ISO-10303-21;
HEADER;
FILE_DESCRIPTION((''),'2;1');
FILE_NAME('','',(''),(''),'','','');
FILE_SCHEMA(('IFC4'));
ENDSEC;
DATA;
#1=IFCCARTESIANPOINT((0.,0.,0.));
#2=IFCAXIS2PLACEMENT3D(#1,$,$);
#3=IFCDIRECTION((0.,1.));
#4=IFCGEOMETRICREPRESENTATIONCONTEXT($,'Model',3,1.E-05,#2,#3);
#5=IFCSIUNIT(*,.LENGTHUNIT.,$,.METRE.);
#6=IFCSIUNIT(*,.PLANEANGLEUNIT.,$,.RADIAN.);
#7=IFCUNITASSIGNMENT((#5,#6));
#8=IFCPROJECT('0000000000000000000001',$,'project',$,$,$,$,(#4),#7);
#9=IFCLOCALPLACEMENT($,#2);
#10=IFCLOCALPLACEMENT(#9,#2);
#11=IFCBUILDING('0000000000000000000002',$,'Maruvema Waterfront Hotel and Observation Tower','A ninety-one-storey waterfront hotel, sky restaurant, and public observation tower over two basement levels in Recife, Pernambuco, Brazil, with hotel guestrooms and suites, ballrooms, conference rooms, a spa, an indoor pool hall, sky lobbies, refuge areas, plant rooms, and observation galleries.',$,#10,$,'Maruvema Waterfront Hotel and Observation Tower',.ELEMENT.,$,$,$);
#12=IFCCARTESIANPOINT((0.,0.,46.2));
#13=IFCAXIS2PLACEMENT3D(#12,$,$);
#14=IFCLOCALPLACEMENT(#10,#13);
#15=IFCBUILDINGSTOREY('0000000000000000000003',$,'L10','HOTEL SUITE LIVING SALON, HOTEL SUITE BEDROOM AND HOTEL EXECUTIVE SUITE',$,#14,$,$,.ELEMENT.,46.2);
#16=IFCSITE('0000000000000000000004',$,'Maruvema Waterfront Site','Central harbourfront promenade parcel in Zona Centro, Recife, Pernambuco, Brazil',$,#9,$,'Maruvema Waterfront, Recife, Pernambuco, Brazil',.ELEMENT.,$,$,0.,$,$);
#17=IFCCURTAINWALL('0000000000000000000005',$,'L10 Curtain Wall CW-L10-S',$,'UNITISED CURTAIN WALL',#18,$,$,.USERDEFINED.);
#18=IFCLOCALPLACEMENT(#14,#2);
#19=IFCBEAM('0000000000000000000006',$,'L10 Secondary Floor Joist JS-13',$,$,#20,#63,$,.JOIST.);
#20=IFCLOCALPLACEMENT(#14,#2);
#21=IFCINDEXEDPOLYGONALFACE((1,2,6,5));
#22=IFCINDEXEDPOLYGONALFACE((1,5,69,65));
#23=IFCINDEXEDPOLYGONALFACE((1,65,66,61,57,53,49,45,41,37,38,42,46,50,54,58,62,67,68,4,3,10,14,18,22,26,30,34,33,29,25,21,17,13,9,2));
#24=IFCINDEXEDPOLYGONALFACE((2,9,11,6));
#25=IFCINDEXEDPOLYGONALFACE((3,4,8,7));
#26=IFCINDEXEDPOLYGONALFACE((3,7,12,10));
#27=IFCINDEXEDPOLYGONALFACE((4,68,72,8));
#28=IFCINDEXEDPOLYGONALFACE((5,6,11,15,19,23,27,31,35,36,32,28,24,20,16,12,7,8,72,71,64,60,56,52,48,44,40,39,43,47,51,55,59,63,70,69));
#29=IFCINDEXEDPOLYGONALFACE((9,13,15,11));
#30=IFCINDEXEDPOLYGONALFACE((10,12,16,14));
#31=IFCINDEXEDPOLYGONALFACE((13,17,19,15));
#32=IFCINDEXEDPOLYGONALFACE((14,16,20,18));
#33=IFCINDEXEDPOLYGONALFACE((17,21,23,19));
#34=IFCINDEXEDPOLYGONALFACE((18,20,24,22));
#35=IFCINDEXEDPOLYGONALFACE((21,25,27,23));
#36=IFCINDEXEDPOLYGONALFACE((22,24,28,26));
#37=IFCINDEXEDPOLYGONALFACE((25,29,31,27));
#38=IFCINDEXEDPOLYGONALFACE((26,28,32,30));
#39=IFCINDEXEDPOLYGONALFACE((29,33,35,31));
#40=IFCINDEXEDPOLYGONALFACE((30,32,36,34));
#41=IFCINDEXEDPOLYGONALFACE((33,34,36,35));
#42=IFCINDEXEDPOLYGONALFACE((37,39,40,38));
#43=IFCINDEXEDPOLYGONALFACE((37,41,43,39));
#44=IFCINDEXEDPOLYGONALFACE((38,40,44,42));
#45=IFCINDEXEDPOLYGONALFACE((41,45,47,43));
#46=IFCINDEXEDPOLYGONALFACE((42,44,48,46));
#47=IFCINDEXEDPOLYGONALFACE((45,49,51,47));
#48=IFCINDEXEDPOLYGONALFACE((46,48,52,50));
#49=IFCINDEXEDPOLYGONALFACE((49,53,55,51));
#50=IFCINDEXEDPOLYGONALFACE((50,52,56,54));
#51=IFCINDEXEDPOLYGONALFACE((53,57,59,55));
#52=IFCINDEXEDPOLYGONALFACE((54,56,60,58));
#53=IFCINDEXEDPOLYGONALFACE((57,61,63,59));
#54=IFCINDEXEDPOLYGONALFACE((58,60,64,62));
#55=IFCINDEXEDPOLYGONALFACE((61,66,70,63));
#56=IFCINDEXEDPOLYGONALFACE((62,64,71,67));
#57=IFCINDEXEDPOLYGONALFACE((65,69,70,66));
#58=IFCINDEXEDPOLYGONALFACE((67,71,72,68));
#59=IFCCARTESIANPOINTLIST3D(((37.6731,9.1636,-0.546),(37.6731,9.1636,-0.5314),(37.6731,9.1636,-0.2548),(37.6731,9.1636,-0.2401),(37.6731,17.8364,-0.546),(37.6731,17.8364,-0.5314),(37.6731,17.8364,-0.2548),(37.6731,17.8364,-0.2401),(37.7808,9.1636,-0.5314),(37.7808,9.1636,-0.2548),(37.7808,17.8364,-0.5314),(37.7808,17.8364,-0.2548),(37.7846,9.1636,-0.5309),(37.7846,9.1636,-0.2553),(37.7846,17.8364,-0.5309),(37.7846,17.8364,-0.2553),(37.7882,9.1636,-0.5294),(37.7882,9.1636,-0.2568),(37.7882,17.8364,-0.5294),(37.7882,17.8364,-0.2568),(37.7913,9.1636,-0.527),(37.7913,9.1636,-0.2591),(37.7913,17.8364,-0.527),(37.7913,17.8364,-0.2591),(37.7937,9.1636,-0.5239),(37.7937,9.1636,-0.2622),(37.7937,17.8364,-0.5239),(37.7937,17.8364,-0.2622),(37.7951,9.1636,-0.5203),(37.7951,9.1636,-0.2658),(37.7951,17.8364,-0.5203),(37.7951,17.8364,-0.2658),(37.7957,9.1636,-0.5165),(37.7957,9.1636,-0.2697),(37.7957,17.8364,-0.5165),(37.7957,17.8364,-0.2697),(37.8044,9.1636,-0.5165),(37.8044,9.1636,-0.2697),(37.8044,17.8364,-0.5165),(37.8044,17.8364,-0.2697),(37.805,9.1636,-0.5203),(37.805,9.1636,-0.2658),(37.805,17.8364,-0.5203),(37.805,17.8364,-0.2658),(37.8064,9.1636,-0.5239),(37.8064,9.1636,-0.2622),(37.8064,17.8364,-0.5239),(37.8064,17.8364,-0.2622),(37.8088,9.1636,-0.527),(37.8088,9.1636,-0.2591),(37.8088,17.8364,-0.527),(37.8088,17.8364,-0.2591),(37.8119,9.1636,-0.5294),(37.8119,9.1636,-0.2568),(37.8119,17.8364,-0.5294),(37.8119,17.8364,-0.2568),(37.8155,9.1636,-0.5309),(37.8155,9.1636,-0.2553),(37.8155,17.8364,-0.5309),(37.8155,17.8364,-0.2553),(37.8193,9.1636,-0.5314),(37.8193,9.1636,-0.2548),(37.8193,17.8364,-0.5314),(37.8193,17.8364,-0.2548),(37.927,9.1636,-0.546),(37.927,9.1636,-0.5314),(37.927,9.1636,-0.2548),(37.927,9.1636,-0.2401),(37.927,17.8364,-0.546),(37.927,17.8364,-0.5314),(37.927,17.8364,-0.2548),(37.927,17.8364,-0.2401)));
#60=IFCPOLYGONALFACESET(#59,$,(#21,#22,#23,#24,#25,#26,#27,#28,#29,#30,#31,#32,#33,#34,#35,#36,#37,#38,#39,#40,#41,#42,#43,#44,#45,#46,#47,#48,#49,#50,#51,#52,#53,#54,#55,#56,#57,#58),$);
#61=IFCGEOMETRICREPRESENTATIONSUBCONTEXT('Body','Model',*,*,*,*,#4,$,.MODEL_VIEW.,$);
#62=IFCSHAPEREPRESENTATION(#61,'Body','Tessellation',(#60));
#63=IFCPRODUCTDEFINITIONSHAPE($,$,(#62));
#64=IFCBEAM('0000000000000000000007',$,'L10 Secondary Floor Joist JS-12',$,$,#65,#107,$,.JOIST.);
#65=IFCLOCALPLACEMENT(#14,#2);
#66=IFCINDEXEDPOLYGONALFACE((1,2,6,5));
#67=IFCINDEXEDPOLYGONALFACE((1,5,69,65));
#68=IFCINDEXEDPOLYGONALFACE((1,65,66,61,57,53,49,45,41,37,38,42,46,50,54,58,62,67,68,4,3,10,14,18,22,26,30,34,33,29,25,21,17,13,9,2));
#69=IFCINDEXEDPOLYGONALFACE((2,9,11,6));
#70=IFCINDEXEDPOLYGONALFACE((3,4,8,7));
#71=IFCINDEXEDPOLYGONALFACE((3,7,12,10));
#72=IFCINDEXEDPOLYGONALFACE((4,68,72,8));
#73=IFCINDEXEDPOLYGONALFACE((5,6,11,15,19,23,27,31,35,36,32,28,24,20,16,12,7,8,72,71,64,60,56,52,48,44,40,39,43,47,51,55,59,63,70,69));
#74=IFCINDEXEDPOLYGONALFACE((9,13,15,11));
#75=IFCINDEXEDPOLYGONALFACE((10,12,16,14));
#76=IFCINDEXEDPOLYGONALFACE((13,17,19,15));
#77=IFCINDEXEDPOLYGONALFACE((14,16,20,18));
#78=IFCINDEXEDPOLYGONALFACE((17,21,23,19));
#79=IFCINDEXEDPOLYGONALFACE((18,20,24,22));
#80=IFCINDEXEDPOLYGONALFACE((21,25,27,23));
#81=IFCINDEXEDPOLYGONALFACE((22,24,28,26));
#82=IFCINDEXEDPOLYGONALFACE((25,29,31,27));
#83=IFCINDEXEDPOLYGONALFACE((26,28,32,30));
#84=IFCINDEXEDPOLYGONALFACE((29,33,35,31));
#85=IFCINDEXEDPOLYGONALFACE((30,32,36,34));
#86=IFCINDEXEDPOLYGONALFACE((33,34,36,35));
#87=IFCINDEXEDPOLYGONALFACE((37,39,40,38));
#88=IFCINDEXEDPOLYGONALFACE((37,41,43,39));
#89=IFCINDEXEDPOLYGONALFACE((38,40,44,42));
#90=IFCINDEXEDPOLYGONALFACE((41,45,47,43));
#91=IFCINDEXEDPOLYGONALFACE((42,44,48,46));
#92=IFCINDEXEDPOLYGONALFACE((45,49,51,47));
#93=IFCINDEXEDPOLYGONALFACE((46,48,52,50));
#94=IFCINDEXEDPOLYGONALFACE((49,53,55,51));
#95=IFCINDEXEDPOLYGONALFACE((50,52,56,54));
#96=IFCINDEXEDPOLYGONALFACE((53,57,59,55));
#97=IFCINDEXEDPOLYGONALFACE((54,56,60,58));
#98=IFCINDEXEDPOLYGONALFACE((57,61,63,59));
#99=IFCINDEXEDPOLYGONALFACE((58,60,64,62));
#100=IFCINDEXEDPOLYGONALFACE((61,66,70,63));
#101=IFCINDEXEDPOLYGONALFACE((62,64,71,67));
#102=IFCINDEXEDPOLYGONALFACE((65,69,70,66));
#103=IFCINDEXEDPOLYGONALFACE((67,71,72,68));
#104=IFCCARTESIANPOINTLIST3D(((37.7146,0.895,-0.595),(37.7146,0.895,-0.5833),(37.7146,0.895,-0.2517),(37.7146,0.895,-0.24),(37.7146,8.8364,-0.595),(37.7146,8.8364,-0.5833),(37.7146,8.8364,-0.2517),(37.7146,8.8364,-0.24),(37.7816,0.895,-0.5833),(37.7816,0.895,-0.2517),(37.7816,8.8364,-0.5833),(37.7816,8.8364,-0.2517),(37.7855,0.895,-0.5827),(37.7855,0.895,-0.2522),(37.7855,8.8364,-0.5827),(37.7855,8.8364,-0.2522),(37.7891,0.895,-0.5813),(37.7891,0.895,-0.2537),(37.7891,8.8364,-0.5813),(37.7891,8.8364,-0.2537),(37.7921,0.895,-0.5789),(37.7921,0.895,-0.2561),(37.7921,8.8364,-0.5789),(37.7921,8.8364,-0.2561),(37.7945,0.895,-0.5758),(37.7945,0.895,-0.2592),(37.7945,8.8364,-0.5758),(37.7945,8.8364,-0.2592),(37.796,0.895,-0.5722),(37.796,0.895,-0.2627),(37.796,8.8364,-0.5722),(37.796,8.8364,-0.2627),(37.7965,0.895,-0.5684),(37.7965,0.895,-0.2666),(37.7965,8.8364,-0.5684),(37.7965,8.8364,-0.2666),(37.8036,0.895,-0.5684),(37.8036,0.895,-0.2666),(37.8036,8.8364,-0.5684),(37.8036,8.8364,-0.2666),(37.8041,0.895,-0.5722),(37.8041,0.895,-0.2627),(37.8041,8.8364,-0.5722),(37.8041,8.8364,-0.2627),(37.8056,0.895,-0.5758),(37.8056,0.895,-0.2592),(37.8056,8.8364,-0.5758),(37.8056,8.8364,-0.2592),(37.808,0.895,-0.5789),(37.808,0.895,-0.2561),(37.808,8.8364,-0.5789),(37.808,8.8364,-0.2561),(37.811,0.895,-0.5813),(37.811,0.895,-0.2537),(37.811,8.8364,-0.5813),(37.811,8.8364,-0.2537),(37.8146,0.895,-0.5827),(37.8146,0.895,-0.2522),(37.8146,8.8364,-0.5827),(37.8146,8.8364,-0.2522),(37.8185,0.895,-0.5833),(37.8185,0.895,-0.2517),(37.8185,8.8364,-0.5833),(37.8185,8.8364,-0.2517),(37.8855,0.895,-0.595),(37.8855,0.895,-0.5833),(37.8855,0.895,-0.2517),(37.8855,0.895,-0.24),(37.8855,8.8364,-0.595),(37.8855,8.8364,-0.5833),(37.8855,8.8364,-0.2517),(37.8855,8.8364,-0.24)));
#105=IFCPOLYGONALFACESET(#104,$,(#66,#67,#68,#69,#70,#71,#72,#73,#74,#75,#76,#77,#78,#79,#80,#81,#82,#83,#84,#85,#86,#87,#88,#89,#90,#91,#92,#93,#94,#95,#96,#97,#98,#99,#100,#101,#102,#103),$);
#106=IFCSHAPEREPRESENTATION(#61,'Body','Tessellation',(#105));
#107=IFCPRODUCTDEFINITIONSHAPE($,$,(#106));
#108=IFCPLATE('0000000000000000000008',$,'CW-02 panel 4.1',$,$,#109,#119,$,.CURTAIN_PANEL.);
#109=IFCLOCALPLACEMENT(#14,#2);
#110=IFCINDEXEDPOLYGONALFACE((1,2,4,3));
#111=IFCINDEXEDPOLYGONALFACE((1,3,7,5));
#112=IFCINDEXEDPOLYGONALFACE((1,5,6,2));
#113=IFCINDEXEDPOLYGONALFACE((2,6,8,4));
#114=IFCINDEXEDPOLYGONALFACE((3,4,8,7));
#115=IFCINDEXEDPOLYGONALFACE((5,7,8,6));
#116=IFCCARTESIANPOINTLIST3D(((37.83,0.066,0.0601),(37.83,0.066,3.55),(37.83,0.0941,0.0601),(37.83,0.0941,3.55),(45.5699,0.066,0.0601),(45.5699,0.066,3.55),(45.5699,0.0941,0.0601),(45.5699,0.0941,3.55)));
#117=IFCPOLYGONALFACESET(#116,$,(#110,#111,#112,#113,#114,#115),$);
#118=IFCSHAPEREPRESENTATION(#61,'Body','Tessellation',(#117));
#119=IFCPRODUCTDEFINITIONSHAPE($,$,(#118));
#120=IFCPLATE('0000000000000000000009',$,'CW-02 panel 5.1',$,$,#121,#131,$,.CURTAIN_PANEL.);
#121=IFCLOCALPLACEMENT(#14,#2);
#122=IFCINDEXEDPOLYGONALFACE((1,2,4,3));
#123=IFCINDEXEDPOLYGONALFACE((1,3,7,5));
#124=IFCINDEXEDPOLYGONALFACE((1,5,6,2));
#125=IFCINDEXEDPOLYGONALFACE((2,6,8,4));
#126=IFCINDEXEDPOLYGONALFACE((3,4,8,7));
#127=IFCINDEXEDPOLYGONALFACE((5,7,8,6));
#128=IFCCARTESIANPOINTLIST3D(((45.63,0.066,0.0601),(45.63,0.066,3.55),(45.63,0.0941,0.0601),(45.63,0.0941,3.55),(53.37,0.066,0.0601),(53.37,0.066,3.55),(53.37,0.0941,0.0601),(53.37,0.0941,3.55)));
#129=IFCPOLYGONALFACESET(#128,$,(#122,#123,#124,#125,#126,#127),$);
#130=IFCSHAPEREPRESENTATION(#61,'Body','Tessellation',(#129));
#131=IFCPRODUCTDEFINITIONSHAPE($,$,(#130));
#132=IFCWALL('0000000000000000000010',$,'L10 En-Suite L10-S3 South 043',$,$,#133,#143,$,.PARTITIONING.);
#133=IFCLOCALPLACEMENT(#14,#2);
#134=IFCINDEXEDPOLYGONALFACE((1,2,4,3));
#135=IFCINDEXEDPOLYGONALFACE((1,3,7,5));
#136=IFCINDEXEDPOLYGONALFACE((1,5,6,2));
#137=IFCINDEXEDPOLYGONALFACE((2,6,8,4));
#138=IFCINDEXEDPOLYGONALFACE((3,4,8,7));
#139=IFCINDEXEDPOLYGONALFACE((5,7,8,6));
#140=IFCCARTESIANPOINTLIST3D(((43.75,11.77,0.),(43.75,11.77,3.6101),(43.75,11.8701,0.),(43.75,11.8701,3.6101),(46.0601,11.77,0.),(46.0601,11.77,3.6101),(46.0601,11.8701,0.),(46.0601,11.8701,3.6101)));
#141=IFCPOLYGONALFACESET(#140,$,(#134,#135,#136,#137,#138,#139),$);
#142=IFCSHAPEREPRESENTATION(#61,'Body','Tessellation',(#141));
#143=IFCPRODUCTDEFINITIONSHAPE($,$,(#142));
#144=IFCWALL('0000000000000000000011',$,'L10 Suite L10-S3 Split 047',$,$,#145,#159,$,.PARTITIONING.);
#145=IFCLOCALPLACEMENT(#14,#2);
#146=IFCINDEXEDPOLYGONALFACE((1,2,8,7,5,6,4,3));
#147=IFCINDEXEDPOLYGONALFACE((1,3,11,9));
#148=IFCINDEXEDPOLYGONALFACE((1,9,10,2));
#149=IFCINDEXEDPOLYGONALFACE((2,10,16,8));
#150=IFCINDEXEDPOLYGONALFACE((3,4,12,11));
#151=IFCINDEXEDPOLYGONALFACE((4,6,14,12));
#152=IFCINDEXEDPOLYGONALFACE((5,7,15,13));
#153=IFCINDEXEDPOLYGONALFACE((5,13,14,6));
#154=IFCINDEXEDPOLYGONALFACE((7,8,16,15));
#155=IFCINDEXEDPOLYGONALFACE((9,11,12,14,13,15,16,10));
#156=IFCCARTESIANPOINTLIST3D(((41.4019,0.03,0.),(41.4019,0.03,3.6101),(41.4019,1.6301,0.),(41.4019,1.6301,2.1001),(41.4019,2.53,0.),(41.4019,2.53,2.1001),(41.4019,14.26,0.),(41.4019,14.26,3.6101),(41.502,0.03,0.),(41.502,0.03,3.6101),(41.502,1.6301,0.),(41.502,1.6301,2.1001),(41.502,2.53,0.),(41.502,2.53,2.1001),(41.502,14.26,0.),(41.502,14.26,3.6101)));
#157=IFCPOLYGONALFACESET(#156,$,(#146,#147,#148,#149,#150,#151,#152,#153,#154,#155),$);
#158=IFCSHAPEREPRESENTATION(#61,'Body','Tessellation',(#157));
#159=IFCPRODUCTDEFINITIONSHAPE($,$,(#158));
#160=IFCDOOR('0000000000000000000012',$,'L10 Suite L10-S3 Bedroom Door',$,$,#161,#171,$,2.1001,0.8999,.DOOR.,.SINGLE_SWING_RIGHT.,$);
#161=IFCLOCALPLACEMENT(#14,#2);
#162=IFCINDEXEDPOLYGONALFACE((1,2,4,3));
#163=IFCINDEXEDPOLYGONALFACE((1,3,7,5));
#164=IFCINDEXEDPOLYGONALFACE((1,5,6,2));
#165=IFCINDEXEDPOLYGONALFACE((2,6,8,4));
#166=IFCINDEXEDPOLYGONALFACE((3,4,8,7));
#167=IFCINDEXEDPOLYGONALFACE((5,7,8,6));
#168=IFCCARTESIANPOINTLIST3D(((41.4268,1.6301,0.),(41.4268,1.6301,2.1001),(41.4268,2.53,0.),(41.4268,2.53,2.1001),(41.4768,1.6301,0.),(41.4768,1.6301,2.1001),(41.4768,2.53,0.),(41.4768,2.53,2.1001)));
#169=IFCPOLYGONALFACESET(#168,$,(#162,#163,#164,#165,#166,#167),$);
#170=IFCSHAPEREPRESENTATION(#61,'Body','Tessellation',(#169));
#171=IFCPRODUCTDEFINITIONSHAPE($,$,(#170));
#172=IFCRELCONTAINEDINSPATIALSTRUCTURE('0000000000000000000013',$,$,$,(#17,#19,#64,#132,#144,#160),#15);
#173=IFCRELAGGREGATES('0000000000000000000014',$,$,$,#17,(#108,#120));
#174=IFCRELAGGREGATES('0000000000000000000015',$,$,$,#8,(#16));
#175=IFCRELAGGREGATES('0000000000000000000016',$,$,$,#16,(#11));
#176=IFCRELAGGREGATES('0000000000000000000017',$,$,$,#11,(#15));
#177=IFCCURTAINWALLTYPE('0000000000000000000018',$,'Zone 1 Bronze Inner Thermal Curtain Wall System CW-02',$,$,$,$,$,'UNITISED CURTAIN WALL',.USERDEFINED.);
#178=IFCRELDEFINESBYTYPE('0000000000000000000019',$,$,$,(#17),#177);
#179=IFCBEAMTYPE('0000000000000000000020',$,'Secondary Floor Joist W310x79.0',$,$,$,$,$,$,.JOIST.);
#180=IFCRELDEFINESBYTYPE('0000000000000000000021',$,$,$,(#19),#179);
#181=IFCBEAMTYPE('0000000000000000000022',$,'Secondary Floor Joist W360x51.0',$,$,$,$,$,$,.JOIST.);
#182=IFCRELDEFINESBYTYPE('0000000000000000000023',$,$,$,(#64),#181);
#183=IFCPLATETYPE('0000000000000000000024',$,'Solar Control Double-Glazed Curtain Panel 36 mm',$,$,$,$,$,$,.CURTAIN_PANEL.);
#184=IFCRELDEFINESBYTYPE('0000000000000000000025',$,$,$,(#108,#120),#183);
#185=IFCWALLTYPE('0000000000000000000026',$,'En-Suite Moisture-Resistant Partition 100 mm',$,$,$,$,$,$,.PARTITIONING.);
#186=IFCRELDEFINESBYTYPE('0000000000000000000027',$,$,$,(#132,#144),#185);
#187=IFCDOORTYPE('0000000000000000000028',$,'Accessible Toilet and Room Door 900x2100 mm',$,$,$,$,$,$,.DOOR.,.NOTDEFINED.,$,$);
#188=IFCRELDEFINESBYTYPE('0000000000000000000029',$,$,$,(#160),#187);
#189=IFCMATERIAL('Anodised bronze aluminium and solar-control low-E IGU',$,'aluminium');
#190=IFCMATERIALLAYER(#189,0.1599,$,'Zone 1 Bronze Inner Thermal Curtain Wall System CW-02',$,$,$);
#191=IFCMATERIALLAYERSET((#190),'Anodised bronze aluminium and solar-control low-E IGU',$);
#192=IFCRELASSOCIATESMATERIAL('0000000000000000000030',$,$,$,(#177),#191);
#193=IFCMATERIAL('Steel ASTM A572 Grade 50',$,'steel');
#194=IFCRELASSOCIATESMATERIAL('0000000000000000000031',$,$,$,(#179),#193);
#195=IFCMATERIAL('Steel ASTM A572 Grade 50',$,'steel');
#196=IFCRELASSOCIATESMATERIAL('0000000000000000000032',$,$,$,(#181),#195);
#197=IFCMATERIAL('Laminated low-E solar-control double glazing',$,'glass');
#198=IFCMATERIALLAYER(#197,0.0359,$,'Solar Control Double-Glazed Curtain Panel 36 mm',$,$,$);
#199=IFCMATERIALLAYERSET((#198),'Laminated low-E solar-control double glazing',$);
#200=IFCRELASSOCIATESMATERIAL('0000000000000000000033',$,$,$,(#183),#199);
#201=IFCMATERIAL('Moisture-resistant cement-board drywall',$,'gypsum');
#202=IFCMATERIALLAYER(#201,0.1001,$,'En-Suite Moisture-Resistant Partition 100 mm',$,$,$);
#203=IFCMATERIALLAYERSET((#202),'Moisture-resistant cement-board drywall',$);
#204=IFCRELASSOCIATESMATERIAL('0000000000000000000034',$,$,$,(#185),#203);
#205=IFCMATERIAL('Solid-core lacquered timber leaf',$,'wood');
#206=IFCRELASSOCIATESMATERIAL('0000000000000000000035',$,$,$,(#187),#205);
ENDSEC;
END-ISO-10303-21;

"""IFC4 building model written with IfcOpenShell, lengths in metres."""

from ifc_helpers import new_model, si_unit, direction, frame, frame_2d, origin, origin_2d, place, context, subcontext, project, spatial, rectangle, i_section, extrude, material, layer, layer_set, material_profile, profile_set, type_object, element, fill, aggregate, save


model = new_model("IFC4")

# Units and contexts
model_context = context("Model", 3, precision=1e-05, world=origin(), true_north=direction((0.0, 1.0)))
body_context = subcontext(model_context, "Body", "Model", "MODEL_VIEW")
ifc_project = project(units=[si_unit("LENGTHUNIT", "METRE"), si_unit("PLANEANGLEUNIT", "RADIAN")], contexts=[model_context])

# Site, building, storey
site_placement = place(None, origin())
site = spatial("IfcSite", under=ifc_project, at=site_placement, Name="Maruvema Waterfront Site", Description="Central harbourfront promenade parcel in Zona Centro, Recife, Pernambuco, Brazil", LongName="Maruvema Waterfront, Recife, Pernambuco, Brazil", CompositionType="ELEMENT", RefElevation=0.0)
building_placement = place(site_placement, origin())
building = spatial("IfcBuilding", under=site, at=building_placement, Name="Maruvema Waterfront Hotel and Observation Tower", Description="A ninety-one-storey waterfront hotel, sky restaurant, and public observation tower over two basement levels in Recife, Pernambuco, Brazil, with hotel guestrooms and suites, ballrooms, conference rooms, a spa, an indoor pool hall, sky lobbies, refuge areas, plant rooms, and observation galleries.", LongName="Maruvema Waterfront Hotel and Observation Tower", CompositionType="ELEMENT")
storey_placement = place(building_placement, frame((0.0, 0.0, 46.2)))
storey = spatial("IfcBuildingStorey", under=building, at=storey_placement, Name="L10", Description="HOTEL SUITE LIVING SALON, HOTEL SUITE BEDROOM AND HOTEL EXECUTIVE SUITE", CompositionType="ELEMENT", Elevation=46.2)

# Curtain wall
ifc_material_1 = material(Name="Anodised bronze aluminium and solar-control low-E IGU", Category="aluminium")
ifc_layer_1 = layer(ifc_material_1, 0.1599, Name="Zone 1 Bronze Inner Thermal Curtain Wall System CW-02")
ifc_layer_set_1 = layer_set([ifc_layer_1], Name="Anodised bronze aluminium and solar-control low-E IGU")
curtain_wall_type = type_object("IfcCurtainWallType", Name="Zone 1 Bronze Inner Thermal Curtain Wall System CW-02", ElementType="UNITISED CURTAIN WALL", PredefinedType="USERDEFINED", material=ifc_layer_set_1)
curtain_wall_placement = place(storey_placement, origin())
curtain_wall = element("IfcCurtainWall", 1, at=curtain_wall_placement, inside=storey, type_object=curtain_wall_type, Name="L10 Curtain Wall CW-L10-S", ObjectType="UNITISED CURTAIN WALL", PredefinedType="USERDEFINED")

# Beams
ifc_material_2 = material(Name="Steel ASTM A572 Grade 50", Category="steel")
ifc_material_profile_1 = material_profile(ifc_material_2, i_section(OverallWidth=0.2539, OverallDepth=0.3059, WebThickness=0.0088, FlangeThickness=0.0146, FilletRadius=0.0149, at=origin_2d()), Name="W310x79.0")
ifc_profile_set_1 = profile_set([ifc_material_profile_1], Name="Steel ASTM A572 Grade 50")
beam_type_1 = type_object("IfcBeamType", Name="Secondary Floor Joist W310x79.0", PredefinedType="JOIST", material=ifc_profile_set_1)
beam_1_placement = place(storey_placement, frame((37.8, 9.1636, -0.3931), z_axis=(0.0, 1.0, 0.0), x_axis=(-1.0, 0.0, 0.0)))
element("IfcBeam", 2, at=beam_1_placement, inside=storey, type_object=beam_type_1, Name="L10 Secondary Floor Joist JS-13", PredefinedType="JOIST", context=body_context, shape_type="SweptSolid", body=[
    extrude(i_section(OverallWidth=0.2539, OverallDepth=0.3059, WebThickness=0.0088, FlangeThickness=0.0146, FilletRadius=0.0149, at=origin_2d()), origin(), (0.0, 0.0, 1.0), 8.6729),
])
ifc_material_3 = material(Name="Steel ASTM A572 Grade 50", Category="steel")
ifc_material_profile_2 = material_profile(ifc_material_3, i_section(OverallWidth=0.1709, OverallDepth=0.355, WebThickness=0.0071, FlangeThickness=0.0117, FilletRadius=0.0149, at=origin_2d()), Name="W360x51.0")
ifc_profile_set_2 = profile_set([ifc_material_profile_2], Name="Steel ASTM A572 Grade 50")
beam_type_2 = type_object("IfcBeamType", Name="Secondary Floor Joist W360x51.0", PredefinedType="JOIST", material=ifc_profile_set_2)
beam_2_placement = place(storey_placement, frame((37.8, 0.895, -0.4175), z_axis=(0.0, 1.0, 0.0), x_axis=(-1.0, 0.0, 0.0)))
element("IfcBeam", 3, at=beam_2_placement, inside=storey, type_object=beam_type_2, Name="L10 Secondary Floor Joist JS-12", PredefinedType="JOIST", context=body_context, shape_type="SweptSolid", body=[
    extrude(i_section(OverallWidth=0.1709, OverallDepth=0.355, WebThickness=0.0071, FlangeThickness=0.0117, FilletRadius=0.0149, at=origin_2d()), origin(), (0.0, 0.0, 1.0), 7.9414),
])

# Plates
ifc_material_4 = material(Name="Laminated low-E solar-control double glazing", Category="glass")
ifc_layer_2 = layer(ifc_material_4, 0.0359, Name="Solar Control Double-Glazed Curtain Panel 36 mm")
ifc_layer_set_2 = layer_set([ifc_layer_2], Name="Laminated low-E solar-control double glazing")
plate_type = type_object("IfcPlateType", Name="Solar Control Double-Glazed Curtain Panel 36 mm", PredefinedType="CURTAIN_PANEL", material=ifc_layer_set_2)
plate_1_placement = place(storey_placement, frame((41.7, 0.0801, 0.0601), z_axis=(0.0, 0.0, 1.0), x_axis=(1.0, 0.0, 0.0)))
plate_1 = element("IfcPlate", 4, at=plate_1_placement, type_object=plate_type, Name="CW-02 panel 4.1", PredefinedType="CURTAIN_PANEL", context=body_context, shape_type="SweptSolid", body=[
    extrude(rectangle(XDim=7.74, YDim=0.0281, at=origin_2d()), origin(), (0.0, 0.0, 1.0), 3.49),
])
plate_2_placement = place(storey_placement, frame((49.5, 0.0801, 0.0601), z_axis=(0.0, 0.0, 1.0), x_axis=(1.0, 0.0, 0.0)))
plate_2 = element("IfcPlate", 5, at=plate_2_placement, type_object=plate_type, Name="CW-02 panel 5.1", PredefinedType="CURTAIN_PANEL", context=body_context, shape_type="SweptSolid", body=[
    extrude(rectangle(XDim=7.74, YDim=0.0281, at=origin_2d()), origin(), (0.0, 0.0, 1.0), 3.49),
])
aggregate(curtain_wall, [plate_1, plate_2])

# Wall
ifc_material_5 = material(Name="Moisture-resistant cement-board drywall", Category="gypsum")
ifc_layer_3 = layer(ifc_material_5, 0.1001, Name="En-Suite Moisture-Resistant Partition 100 mm")
ifc_layer_set_3 = layer_set([ifc_layer_3], Name="Moisture-resistant cement-board drywall")
wall_type_1 = type_object("IfcWallType", Name="En-Suite Moisture-Resistant Partition 100 mm", PredefinedType="PARTITIONING", material=ifc_layer_set_3)
wall_1_placement = place(storey_placement, frame((43.75, 11.8201, 0.0), z_axis=(0.0, 0.0, 1.0), x_axis=(1.0, 0.0, 0.0)))
element("IfcWall", 6, at=wall_1_placement, inside=storey, type_object=wall_type_1, Name="L10 En-Suite L10-S3 South 043", PredefinedType="PARTITIONING", context=body_context, shape_type="SweptSolid", body=[
    extrude(rectangle(XDim=2.3101, YDim=0.1001, at=frame_2d((1.155, 0.0))), origin(), (0.0, 0.0, 1.0), 3.6101),
])

# Wall, opening, door
wall_2_placement = place(storey_placement, frame((41.4519, 0.03, 0.0), z_axis=(0.0, 0.0, 1.0), x_axis=(0.0, 1.0, 0.0)))
wall_2 = element("IfcWall", 7, at=wall_2_placement, inside=storey, type_object=wall_type_1, Name="L10 Suite L10-S3 Split 047", PredefinedType="PARTITIONING", context=body_context, shape_type="SweptSolid", body=[
    extrude(rectangle(XDim=14.23, YDim=0.1001, at=frame_2d((7.115, 0.0))), origin(), (0.0, 0.0, 1.0), 3.6101),
])
opening_1_placement = place(wall_2_placement, frame((1.6001, 0.0, 0.0)))
opening_1 = element("IfcOpeningElement", 8, at=opening_1_placement, cuts=wall_2, PredefinedType="OPENING", context=body_context, shape_type="SweptSolid", body=[
    extrude(rectangle(XDim=0.8999, YDim=2.1001, at=frame_2d((0.45, 1.05))), frame((0.0, 0.0601, 0.0), z_axis=(0.0, -1.0, 0.0), x_axis=(1.0, 0.0, 0.0)), (0.0, 0.0, 1.0), 0.1201),
])
ifc_material_6 = material(Name="Solid-core lacquered timber leaf", Category="wood")
door_type = type_object("IfcDoorType", Name="Accessible Toilet and Room Door 900x2100 mm", OperationType="NOTDEFINED", PredefinedType="DOOR", material=ifc_material_6)
door_1_placement = place(opening_1_placement, frame((0.8999, 0.0, 0.0), z_axis=(0.0, 0.0, 1.0), x_axis=(-1.0, 0.0, 0.0)))
door_1 = element("IfcDoor", 9, at=door_1_placement, inside=storey, type_object=door_type, Name="L10 Suite L10-S3 Bedroom Door", OperationType="SINGLE_SWING_RIGHT", OverallHeight=2.1001, OverallWidth=0.8999, PredefinedType="DOOR", context=body_context, shape_type="SweptSolid", body=[
    extrude(rectangle(XDim=0.8999, YDim=2.1001, at=frame_2d((0.45, 1.05))), frame((0.0, 0.0249, 0.0), z_axis=(0.0, -1.0, 0.0), x_axis=(1.0, 0.0, 0.0)), (0.0, 0.0, 1.0), 0.05),
])
fill(opening_1, door_1)

save(model, "model.ifc")
